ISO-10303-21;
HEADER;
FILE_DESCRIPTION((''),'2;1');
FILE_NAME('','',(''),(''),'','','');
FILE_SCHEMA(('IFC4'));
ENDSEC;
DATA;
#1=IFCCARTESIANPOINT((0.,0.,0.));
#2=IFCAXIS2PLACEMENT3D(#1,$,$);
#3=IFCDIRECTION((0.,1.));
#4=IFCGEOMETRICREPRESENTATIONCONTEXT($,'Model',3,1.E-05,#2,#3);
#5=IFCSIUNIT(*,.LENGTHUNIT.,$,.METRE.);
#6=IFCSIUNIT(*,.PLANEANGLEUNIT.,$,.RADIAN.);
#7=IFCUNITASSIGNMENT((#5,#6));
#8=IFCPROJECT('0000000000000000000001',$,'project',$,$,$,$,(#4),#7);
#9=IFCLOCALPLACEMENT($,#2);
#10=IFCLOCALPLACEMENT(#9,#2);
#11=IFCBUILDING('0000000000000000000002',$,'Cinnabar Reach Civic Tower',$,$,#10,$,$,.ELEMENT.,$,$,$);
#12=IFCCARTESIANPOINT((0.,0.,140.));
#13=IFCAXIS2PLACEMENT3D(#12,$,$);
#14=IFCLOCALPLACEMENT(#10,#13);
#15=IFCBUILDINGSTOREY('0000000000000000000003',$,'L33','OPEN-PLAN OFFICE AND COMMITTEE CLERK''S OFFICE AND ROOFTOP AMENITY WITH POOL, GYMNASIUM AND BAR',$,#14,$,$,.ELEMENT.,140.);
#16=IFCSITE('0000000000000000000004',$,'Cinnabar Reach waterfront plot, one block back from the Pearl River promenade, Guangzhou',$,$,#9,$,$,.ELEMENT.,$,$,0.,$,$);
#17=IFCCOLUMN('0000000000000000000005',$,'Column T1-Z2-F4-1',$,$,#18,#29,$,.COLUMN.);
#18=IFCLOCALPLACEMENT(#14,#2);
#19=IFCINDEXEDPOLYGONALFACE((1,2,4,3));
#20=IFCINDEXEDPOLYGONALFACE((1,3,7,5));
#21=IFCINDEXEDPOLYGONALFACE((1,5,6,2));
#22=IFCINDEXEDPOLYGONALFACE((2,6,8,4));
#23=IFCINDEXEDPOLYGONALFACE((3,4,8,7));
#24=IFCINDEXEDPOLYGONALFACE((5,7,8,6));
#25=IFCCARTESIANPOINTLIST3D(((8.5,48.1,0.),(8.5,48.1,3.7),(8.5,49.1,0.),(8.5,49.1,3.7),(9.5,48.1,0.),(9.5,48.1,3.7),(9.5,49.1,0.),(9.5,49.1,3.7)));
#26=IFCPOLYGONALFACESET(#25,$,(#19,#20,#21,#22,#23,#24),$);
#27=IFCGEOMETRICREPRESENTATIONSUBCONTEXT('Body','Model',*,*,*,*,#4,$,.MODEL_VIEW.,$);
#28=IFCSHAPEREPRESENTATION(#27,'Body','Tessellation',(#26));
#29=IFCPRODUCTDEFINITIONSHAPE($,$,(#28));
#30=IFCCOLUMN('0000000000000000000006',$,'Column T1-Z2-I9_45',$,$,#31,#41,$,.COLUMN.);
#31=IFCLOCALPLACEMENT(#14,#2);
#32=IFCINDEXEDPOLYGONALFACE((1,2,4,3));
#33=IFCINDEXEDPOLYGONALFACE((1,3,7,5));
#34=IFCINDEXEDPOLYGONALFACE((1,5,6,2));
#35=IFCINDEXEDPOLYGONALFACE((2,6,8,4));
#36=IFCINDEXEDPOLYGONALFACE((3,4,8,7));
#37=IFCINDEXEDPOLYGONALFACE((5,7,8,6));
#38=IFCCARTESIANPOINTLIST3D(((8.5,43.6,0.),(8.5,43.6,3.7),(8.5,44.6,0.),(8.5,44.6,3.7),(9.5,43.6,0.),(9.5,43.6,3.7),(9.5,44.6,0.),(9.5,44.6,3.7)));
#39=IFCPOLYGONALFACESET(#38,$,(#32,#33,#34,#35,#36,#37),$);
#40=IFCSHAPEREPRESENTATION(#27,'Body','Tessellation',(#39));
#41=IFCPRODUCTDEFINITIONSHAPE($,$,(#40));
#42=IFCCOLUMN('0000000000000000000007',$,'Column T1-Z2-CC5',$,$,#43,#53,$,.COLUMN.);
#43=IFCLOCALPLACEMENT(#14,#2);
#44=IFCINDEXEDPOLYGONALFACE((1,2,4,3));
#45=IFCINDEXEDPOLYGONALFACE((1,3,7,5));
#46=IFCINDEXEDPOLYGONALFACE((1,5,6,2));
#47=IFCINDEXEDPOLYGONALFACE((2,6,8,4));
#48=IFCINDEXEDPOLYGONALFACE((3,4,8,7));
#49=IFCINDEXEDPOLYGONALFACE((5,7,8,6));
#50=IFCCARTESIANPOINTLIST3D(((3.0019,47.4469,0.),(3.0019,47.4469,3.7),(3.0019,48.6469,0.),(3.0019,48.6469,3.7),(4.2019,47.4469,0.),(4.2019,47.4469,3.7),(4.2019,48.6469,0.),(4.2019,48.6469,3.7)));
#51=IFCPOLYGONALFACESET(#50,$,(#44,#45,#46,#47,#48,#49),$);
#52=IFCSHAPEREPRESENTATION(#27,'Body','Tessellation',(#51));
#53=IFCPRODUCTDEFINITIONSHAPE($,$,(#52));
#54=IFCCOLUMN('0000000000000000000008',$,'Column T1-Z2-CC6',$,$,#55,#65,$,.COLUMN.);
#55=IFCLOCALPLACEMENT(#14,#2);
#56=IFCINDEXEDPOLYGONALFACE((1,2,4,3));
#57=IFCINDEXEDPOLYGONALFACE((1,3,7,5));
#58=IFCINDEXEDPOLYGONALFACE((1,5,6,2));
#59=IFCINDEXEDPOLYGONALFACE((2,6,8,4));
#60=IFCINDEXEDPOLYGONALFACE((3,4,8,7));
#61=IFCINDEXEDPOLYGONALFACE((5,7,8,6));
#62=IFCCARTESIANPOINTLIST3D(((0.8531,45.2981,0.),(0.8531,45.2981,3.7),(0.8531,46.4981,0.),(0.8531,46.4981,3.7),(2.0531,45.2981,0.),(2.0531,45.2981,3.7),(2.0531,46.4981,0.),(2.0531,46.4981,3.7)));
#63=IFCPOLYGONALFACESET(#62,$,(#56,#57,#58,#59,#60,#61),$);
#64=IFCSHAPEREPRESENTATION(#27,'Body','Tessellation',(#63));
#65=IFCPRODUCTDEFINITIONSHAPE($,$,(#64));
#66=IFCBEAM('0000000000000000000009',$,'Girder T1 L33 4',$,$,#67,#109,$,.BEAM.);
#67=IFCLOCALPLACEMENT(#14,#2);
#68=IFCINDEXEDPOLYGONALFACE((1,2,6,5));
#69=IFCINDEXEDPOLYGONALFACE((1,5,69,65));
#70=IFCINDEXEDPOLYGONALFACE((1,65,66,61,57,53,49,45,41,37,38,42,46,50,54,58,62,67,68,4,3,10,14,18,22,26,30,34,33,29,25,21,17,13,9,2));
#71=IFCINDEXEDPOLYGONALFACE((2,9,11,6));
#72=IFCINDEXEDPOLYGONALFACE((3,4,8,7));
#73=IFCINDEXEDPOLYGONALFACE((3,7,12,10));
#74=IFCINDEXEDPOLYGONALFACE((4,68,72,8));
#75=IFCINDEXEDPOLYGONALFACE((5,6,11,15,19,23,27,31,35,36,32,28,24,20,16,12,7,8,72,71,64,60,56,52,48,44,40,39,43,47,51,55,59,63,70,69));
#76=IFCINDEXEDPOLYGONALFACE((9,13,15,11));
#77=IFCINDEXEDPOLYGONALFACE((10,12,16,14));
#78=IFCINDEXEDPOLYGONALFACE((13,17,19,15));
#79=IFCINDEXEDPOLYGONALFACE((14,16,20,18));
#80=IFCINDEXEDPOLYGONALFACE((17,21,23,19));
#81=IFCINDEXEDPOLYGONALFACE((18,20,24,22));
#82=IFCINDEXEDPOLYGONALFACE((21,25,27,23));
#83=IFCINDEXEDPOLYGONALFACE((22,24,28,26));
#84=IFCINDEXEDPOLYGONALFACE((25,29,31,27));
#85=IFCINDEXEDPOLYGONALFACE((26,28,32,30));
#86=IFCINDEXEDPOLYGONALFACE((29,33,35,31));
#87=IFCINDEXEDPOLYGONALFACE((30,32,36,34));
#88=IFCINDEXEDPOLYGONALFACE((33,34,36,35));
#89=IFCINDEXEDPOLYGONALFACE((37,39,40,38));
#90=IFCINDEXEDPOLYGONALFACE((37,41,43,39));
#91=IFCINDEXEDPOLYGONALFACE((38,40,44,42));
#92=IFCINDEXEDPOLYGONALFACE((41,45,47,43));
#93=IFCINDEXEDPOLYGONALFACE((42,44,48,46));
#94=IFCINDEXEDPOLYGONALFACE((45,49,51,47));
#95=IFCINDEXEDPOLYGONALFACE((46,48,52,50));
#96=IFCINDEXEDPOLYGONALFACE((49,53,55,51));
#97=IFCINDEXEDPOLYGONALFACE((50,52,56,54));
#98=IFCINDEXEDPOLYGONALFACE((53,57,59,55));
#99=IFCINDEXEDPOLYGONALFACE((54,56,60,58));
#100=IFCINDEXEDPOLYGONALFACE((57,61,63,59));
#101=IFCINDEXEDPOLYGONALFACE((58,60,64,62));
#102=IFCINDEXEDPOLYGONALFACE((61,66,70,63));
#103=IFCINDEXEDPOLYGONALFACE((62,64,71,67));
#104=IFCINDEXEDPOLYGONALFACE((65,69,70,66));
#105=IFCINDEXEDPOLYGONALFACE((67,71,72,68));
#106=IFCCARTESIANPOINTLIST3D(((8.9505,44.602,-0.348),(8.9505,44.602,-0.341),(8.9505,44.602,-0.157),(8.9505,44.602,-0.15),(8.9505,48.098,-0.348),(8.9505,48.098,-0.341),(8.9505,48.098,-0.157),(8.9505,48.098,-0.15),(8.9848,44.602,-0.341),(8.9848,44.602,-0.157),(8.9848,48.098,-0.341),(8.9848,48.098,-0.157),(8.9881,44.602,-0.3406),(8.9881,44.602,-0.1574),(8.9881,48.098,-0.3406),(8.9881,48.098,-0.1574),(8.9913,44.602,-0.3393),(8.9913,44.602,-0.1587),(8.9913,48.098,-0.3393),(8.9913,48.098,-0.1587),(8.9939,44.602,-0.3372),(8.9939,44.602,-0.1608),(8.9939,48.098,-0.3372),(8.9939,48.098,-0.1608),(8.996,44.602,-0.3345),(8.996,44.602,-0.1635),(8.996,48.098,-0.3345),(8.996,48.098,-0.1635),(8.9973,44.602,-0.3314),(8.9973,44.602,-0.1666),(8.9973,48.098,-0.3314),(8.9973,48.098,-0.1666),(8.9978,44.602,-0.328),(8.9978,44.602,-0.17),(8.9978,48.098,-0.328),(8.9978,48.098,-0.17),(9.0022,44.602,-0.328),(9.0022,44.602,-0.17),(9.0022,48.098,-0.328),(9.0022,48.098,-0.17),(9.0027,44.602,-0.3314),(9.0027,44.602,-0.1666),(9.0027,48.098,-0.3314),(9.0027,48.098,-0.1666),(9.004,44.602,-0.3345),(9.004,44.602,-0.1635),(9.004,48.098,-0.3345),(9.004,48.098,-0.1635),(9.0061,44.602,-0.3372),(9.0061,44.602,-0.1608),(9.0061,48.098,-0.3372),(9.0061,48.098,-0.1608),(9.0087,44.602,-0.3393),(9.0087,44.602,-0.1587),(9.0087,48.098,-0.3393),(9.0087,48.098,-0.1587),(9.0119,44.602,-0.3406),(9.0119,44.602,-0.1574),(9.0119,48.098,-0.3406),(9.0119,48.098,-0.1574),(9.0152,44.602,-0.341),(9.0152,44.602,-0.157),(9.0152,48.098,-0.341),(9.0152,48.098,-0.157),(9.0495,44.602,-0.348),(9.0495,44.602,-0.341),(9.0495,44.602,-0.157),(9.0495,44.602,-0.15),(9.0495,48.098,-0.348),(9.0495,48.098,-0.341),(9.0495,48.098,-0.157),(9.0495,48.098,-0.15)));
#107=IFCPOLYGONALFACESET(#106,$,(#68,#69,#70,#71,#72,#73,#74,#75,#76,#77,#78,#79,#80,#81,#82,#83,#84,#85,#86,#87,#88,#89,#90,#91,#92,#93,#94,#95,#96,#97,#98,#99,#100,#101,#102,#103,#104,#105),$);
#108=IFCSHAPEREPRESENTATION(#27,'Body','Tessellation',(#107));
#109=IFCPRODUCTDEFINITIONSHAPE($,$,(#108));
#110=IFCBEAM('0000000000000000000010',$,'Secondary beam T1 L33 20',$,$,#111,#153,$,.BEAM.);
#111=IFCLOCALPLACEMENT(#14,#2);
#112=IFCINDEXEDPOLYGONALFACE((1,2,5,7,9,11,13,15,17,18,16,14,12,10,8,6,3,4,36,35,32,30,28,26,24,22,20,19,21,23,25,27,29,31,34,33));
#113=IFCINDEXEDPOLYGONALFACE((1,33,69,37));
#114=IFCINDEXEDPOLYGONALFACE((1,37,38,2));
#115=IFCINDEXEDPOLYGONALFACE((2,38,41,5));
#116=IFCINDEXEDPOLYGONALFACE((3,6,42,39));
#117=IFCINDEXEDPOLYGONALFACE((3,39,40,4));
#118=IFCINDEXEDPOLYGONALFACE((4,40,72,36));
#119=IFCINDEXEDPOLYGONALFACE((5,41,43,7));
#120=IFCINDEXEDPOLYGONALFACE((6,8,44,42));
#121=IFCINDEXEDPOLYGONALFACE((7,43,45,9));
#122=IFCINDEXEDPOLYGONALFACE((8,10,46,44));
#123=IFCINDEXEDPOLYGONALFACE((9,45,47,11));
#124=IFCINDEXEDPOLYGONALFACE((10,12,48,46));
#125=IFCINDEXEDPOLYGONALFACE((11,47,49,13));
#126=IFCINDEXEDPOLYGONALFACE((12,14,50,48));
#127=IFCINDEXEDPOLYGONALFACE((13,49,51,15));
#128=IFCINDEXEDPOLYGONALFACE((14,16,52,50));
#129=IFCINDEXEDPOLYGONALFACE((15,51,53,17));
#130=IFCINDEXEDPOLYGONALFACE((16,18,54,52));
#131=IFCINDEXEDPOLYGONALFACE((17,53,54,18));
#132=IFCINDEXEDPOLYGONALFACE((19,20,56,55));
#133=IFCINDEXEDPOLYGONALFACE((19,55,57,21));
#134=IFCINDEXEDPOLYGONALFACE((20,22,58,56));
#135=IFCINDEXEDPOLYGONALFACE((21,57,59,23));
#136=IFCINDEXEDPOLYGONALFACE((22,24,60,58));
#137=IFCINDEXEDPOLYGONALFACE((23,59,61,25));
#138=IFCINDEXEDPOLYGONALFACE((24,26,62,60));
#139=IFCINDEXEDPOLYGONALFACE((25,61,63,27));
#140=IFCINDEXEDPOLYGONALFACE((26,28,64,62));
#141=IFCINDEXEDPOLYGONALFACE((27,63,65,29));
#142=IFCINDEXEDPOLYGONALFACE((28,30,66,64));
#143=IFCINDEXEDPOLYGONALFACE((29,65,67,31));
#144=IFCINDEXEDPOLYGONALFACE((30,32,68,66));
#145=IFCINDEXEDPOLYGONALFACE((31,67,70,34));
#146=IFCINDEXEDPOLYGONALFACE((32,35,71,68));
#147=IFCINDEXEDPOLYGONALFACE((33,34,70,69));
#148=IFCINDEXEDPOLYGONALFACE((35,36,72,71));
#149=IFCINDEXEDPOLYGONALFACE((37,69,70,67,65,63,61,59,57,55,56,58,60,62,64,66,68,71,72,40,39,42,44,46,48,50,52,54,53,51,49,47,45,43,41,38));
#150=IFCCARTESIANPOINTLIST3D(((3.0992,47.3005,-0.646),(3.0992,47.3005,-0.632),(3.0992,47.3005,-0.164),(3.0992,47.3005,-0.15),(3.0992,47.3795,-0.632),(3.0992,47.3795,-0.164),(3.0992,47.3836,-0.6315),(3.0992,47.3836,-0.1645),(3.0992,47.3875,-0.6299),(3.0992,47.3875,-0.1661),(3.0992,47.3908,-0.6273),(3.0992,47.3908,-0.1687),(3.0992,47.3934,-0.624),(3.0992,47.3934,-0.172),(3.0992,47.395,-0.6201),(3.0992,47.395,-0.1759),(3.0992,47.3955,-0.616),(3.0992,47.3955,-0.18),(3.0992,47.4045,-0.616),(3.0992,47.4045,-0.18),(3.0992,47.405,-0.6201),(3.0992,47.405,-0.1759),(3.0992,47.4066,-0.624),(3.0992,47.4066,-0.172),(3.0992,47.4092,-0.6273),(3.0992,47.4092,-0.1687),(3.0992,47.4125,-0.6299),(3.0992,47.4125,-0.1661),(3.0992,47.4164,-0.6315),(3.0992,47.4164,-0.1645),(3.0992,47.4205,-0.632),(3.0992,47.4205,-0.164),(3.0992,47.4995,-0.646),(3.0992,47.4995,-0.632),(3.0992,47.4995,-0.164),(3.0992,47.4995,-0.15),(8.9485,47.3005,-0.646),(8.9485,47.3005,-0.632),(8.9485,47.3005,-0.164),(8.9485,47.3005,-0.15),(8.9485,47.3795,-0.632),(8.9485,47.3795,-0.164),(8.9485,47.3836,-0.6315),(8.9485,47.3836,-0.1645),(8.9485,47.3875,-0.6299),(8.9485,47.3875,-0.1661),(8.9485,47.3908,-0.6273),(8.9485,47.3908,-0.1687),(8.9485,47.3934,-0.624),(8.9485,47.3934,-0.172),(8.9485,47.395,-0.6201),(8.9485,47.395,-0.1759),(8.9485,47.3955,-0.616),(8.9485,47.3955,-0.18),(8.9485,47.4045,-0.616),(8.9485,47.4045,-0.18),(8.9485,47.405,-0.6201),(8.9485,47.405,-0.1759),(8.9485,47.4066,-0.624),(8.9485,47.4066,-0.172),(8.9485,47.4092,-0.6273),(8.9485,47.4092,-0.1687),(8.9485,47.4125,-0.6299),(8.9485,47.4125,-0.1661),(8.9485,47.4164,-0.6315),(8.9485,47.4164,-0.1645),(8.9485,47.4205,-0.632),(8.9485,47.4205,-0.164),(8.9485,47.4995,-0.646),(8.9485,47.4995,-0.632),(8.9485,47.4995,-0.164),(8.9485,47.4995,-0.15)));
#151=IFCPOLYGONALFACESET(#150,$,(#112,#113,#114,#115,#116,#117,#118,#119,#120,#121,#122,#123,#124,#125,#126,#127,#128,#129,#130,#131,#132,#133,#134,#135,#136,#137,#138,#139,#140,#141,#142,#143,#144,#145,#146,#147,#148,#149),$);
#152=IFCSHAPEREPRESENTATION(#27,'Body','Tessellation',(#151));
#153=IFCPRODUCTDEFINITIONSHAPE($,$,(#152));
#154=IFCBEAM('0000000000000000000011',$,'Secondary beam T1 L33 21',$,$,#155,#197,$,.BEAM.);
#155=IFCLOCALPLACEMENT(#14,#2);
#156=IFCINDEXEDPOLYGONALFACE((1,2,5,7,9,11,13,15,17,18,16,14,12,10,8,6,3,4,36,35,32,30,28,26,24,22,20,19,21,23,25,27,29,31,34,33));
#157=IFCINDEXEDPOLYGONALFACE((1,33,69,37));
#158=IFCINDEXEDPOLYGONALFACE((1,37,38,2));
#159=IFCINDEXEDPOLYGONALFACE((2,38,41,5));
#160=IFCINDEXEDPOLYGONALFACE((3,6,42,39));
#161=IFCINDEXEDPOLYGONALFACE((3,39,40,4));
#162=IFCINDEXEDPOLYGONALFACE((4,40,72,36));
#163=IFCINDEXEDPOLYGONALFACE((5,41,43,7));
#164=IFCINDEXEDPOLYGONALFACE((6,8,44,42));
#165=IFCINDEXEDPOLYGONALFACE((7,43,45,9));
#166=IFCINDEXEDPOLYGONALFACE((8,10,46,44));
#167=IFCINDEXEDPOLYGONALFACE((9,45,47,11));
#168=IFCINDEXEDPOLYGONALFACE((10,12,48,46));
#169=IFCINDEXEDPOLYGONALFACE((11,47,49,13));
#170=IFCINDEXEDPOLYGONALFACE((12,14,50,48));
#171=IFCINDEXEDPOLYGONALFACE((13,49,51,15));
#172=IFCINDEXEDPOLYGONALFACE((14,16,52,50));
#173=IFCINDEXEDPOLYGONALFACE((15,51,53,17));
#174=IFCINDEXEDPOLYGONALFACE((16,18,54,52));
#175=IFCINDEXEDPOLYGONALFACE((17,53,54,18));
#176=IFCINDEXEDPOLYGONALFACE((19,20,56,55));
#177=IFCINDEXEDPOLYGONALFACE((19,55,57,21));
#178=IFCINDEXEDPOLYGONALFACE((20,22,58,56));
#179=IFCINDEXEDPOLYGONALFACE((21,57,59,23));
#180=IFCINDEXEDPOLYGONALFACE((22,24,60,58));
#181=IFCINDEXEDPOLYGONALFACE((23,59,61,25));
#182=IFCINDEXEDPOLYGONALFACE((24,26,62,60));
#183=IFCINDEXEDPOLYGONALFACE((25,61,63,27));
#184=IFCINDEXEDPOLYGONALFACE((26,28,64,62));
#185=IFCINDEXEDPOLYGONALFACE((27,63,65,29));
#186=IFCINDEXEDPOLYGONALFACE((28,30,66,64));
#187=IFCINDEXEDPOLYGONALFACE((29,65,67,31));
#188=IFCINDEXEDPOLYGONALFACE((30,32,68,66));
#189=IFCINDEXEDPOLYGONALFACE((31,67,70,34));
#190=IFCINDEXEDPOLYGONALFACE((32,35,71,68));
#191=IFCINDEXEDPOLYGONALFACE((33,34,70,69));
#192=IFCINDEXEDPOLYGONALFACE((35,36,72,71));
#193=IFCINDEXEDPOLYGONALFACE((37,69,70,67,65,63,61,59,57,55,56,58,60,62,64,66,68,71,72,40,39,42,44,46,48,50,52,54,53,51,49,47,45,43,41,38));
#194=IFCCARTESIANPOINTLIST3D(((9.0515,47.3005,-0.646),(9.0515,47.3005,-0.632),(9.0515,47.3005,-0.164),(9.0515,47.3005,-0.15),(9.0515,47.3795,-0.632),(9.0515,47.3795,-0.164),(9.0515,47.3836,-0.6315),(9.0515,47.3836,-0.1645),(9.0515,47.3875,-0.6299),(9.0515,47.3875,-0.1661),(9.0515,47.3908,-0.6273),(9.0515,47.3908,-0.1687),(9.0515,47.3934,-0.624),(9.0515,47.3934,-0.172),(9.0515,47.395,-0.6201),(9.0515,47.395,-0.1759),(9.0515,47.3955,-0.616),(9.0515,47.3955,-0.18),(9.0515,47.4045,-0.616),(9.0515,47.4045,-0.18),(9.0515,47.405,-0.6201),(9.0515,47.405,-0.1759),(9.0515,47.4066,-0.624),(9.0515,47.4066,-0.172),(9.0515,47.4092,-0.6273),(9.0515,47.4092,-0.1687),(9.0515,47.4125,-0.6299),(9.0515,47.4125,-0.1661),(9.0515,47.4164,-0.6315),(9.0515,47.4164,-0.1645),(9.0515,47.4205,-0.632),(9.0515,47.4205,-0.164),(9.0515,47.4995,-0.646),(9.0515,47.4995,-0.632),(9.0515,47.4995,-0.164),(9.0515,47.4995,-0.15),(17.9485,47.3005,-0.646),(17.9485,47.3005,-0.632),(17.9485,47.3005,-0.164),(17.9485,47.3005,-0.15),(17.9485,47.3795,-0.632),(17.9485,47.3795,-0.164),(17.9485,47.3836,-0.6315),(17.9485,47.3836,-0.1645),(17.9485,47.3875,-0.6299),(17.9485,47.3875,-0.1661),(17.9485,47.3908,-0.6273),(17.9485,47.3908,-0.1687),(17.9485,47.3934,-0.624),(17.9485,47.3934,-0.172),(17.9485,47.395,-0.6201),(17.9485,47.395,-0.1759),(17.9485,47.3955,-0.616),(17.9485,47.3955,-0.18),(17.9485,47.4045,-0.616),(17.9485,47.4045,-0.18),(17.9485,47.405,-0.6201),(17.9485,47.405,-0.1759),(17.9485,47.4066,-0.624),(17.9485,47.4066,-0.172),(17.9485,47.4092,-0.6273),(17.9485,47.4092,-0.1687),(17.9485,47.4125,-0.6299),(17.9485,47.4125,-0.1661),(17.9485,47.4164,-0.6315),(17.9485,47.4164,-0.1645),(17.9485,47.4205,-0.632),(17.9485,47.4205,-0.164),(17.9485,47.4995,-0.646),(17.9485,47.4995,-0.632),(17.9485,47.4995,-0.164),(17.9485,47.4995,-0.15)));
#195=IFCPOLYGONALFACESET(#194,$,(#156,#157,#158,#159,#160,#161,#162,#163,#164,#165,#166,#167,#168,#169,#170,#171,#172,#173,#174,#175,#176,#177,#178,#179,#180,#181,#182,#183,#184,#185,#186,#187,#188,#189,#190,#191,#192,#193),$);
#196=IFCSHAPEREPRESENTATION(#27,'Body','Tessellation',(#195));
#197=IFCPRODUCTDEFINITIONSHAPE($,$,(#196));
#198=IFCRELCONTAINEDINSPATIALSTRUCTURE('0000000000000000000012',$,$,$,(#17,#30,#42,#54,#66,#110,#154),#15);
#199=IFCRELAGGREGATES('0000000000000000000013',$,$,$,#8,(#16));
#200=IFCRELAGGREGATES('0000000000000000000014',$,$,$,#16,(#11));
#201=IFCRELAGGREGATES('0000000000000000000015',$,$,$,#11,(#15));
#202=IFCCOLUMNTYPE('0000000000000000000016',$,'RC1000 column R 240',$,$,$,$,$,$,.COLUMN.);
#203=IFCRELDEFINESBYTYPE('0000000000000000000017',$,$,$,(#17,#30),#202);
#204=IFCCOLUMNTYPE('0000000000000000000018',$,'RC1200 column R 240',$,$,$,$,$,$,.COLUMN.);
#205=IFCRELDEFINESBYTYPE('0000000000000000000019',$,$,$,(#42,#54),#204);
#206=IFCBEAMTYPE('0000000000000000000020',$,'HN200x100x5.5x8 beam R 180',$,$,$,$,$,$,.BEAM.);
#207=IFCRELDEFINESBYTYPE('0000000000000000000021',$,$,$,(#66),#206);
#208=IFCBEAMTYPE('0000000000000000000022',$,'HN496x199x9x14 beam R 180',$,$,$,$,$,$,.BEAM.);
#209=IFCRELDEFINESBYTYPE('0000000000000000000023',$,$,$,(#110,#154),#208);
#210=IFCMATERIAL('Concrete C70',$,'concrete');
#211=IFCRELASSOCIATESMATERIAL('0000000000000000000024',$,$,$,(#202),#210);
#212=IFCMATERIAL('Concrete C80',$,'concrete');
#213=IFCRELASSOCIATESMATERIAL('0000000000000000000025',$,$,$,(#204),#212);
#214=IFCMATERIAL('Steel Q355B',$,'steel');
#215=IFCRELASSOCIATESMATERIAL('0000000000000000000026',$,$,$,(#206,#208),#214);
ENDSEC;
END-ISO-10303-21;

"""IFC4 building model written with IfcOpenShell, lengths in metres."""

from ifc_helpers import new_model, si_unit, direction, frame, origin, origin_2d, place, context, subcontext, project, spatial, rectangle, i_section, extrude, material, material_profile, profile_set, type_object, element, save


model = new_model("IFC4")

# Units and contexts
model_context = context("Model", 3, precision=1e-05, world=origin(), true_north=direction((0.0, 1.0)))
body_context = subcontext(model_context, "Body", "Model", "MODEL_VIEW")
ifc_project = project(units=[si_unit("LENGTHUNIT", "METRE"), si_unit("PLANEANGLEUNIT", "RADIAN")], contexts=[model_context])

# Site, building, storey
site_placement = place(None, origin())
site = spatial("IfcSite", under=ifc_project, at=site_placement, Name="Cinnabar Reach waterfront plot, one block back from the Pearl River promenade, Guangzhou", CompositionType="ELEMENT", RefElevation=0.0)
building_placement = place(site_placement, origin())
building = spatial("IfcBuilding", under=site, at=building_placement, Name="Cinnabar Reach Civic Tower", CompositionType="ELEMENT")
storey_placement = place(building_placement, frame((0.0, 0.0, 140.0)))
storey = spatial("IfcBuildingStorey", under=building, at=storey_placement, Name="L33", Description="OPEN-PLAN OFFICE AND COMMITTEE CLERK'S OFFICE AND ROOFTOP AMENITY WITH POOL, GYMNASIUM AND BAR", CompositionType="ELEMENT", Elevation=140.0)

# Columns
ifc_material_1 = material(Name="Concrete C70", Category="concrete")
ifc_material_profile_1 = material_profile(ifc_material_1, rectangle(XDim=1.0, YDim=1.0, at=origin_2d()), Name="RC1000")
ifc_profile_set_1 = profile_set([ifc_material_profile_1], Name="Concrete C70")
column_type_1 = type_object("IfcColumnType", Name="RC1000 column R 240", PredefinedType="COLUMN", material=ifc_profile_set_1)
for number, where, z_axis, x_axis, name in (
    (1, (9.0, 48.6, 0.0), (0.0, 0.0, 1.0), (1.0, 0.0, 0.0), "Column T1-Z2-F4-1"),
    (2, (9.0, 44.1, 0.0), (0.0, 0.0, 1.0), (1.0, 0.0, 0.0), "Column T1-Z2-I9_45"),
):
    element("IfcColumn", number, at=place(storey_placement, frame(where, z_axis=z_axis, x_axis=x_axis)), inside=storey, type_object=column_type_1, Name=name, PredefinedType="COLUMN", context=body_context, shape_type="SweptSolid", body=[
        extrude(rectangle(XDim=1.0, YDim=1.0, at=origin_2d()), origin(), (0.0, 0.0, 1.0), 3.7),
    ])
ifc_material_2 = material(Name="Concrete C80", Category="concrete")
ifc_material_profile_2 = material_profile(ifc_material_2, rectangle(XDim=1.2, YDim=1.2, at=origin_2d()), Name="RC1200")
ifc_profile_set_2 = profile_set([ifc_material_profile_2], Name="Concrete C80")
column_type_2 = type_object("IfcColumnType", Name="RC1200 column R 240", PredefinedType="COLUMN", material=ifc_profile_set_2)
for number, where, z_axis, x_axis, name in (
    (3, (3.6019, 48.0469, 0.0), (0.0, 0.0, 1.0), (1.0, 0.0, 0.0), "Column T1-Z2-CC5"),
    (4, (1.4531, 45.8981, 0.0), (0.0, 0.0, 1.0), (1.0, 0.0, 0.0), "Column T1-Z2-CC6"),
):
    element("IfcColumn", number, at=place(storey_placement, frame(where, z_axis=z_axis, x_axis=x_axis)), inside=storey, type_object=column_type_2, Name=name, PredefinedType="COLUMN", context=body_context, shape_type="SweptSolid", body=[
        extrude(rectangle(XDim=1.2, YDim=1.2, at=origin_2d()), origin(), (0.0, 0.0, 1.0), 3.7),
    ])

# Beams
ifc_material_3 = material(Name="Steel Q355B", Category="steel")
ifc_material_profile_3 = material_profile(ifc_material_3, i_section(OverallWidth=0.099, OverallDepth=0.198, WebThickness=0.0045, FlangeThickness=0.007, FilletRadius=0.013, at=origin_2d()), Name="HN200x100x5.5x8")
ifc_profile_set_3 = profile_set([ifc_material_profile_3], Name="Steel Q355B")
beam_type_1 = type_object("IfcBeamType", Name="HN200x100x5.5x8 beam R 180", PredefinedType="BEAM", material=ifc_profile_set_3)
beam_1_placement = place(storey_placement, frame((9.0, 44.602, -0.249), z_axis=(0.0, 1.0, 0.0), x_axis=(-1.0, 0.0, 0.0)))
element("IfcBeam", 5, at=beam_1_placement, inside=storey, type_object=beam_type_1, Name="Girder T1 L33 4", PredefinedType="BEAM", context=body_context, shape_type="SweptSolid", body=[
    extrude(i_section(OverallWidth=0.099, OverallDepth=0.198, WebThickness=0.0045, FlangeThickness=0.007, FilletRadius=0.013, at=origin_2d()), origin(), (0.0, 0.0, 1.0), 3.496),
])
ifc_material_profile_4 = material_profile(ifc_material_3, i_section(OverallWidth=0.199, OverallDepth=0.496, WebThickness=0.009, FlangeThickness=0.014, FilletRadius=0.016, at=origin_2d()), Name="HN496x199x9x14")
ifc_profile_set_4 = profile_set([ifc_material_profile_4], Name="Steel Q355B")
beam_type_2 = type_object("IfcBeamType", Name="HN496x199x9x14 beam R 180", PredefinedType="BEAM", material=ifc_profile_set_4)
beam_2_placement = place(storey_placement, frame((3.0992, 47.4, -0.398), z_axis=(1.0, 0.0, 0.0), x_axis=(0.0, 1.0, 0.0)))
element("IfcBeam", 6, at=beam_2_placement, inside=storey, type_object=beam_type_2, Name="Secondary beam T1 L33 20", PredefinedType="BEAM", context=body_context, shape_type="SweptSolid", body=[
    extrude(i_section(OverallWidth=0.199, OverallDepth=0.496, WebThickness=0.009, FlangeThickness=0.014, FilletRadius=0.016, at=origin_2d()), origin(), (0.0, 0.0, 1.0), 5.8493),
])
beam_3_placement = place(storey_placement, frame((9.0515, 47.4, -0.398), z_axis=(1.0, 0.0, 0.0), x_axis=(0.0, 1.0, 0.0)))
element("IfcBeam", 7, at=beam_3_placement, inside=storey, type_object=beam_type_2, Name="Secondary beam T1 L33 21", PredefinedType="BEAM", context=body_context, shape_type="SweptSolid", body=[
    extrude(i_section(OverallWidth=0.199, OverallDepth=0.496, WebThickness=0.009, FlangeThickness=0.014, FilletRadius=0.016, at=origin_2d()), origin(), (0.0, 0.0, 1.0), 8.897),
])

save(model, "model.ifc")
